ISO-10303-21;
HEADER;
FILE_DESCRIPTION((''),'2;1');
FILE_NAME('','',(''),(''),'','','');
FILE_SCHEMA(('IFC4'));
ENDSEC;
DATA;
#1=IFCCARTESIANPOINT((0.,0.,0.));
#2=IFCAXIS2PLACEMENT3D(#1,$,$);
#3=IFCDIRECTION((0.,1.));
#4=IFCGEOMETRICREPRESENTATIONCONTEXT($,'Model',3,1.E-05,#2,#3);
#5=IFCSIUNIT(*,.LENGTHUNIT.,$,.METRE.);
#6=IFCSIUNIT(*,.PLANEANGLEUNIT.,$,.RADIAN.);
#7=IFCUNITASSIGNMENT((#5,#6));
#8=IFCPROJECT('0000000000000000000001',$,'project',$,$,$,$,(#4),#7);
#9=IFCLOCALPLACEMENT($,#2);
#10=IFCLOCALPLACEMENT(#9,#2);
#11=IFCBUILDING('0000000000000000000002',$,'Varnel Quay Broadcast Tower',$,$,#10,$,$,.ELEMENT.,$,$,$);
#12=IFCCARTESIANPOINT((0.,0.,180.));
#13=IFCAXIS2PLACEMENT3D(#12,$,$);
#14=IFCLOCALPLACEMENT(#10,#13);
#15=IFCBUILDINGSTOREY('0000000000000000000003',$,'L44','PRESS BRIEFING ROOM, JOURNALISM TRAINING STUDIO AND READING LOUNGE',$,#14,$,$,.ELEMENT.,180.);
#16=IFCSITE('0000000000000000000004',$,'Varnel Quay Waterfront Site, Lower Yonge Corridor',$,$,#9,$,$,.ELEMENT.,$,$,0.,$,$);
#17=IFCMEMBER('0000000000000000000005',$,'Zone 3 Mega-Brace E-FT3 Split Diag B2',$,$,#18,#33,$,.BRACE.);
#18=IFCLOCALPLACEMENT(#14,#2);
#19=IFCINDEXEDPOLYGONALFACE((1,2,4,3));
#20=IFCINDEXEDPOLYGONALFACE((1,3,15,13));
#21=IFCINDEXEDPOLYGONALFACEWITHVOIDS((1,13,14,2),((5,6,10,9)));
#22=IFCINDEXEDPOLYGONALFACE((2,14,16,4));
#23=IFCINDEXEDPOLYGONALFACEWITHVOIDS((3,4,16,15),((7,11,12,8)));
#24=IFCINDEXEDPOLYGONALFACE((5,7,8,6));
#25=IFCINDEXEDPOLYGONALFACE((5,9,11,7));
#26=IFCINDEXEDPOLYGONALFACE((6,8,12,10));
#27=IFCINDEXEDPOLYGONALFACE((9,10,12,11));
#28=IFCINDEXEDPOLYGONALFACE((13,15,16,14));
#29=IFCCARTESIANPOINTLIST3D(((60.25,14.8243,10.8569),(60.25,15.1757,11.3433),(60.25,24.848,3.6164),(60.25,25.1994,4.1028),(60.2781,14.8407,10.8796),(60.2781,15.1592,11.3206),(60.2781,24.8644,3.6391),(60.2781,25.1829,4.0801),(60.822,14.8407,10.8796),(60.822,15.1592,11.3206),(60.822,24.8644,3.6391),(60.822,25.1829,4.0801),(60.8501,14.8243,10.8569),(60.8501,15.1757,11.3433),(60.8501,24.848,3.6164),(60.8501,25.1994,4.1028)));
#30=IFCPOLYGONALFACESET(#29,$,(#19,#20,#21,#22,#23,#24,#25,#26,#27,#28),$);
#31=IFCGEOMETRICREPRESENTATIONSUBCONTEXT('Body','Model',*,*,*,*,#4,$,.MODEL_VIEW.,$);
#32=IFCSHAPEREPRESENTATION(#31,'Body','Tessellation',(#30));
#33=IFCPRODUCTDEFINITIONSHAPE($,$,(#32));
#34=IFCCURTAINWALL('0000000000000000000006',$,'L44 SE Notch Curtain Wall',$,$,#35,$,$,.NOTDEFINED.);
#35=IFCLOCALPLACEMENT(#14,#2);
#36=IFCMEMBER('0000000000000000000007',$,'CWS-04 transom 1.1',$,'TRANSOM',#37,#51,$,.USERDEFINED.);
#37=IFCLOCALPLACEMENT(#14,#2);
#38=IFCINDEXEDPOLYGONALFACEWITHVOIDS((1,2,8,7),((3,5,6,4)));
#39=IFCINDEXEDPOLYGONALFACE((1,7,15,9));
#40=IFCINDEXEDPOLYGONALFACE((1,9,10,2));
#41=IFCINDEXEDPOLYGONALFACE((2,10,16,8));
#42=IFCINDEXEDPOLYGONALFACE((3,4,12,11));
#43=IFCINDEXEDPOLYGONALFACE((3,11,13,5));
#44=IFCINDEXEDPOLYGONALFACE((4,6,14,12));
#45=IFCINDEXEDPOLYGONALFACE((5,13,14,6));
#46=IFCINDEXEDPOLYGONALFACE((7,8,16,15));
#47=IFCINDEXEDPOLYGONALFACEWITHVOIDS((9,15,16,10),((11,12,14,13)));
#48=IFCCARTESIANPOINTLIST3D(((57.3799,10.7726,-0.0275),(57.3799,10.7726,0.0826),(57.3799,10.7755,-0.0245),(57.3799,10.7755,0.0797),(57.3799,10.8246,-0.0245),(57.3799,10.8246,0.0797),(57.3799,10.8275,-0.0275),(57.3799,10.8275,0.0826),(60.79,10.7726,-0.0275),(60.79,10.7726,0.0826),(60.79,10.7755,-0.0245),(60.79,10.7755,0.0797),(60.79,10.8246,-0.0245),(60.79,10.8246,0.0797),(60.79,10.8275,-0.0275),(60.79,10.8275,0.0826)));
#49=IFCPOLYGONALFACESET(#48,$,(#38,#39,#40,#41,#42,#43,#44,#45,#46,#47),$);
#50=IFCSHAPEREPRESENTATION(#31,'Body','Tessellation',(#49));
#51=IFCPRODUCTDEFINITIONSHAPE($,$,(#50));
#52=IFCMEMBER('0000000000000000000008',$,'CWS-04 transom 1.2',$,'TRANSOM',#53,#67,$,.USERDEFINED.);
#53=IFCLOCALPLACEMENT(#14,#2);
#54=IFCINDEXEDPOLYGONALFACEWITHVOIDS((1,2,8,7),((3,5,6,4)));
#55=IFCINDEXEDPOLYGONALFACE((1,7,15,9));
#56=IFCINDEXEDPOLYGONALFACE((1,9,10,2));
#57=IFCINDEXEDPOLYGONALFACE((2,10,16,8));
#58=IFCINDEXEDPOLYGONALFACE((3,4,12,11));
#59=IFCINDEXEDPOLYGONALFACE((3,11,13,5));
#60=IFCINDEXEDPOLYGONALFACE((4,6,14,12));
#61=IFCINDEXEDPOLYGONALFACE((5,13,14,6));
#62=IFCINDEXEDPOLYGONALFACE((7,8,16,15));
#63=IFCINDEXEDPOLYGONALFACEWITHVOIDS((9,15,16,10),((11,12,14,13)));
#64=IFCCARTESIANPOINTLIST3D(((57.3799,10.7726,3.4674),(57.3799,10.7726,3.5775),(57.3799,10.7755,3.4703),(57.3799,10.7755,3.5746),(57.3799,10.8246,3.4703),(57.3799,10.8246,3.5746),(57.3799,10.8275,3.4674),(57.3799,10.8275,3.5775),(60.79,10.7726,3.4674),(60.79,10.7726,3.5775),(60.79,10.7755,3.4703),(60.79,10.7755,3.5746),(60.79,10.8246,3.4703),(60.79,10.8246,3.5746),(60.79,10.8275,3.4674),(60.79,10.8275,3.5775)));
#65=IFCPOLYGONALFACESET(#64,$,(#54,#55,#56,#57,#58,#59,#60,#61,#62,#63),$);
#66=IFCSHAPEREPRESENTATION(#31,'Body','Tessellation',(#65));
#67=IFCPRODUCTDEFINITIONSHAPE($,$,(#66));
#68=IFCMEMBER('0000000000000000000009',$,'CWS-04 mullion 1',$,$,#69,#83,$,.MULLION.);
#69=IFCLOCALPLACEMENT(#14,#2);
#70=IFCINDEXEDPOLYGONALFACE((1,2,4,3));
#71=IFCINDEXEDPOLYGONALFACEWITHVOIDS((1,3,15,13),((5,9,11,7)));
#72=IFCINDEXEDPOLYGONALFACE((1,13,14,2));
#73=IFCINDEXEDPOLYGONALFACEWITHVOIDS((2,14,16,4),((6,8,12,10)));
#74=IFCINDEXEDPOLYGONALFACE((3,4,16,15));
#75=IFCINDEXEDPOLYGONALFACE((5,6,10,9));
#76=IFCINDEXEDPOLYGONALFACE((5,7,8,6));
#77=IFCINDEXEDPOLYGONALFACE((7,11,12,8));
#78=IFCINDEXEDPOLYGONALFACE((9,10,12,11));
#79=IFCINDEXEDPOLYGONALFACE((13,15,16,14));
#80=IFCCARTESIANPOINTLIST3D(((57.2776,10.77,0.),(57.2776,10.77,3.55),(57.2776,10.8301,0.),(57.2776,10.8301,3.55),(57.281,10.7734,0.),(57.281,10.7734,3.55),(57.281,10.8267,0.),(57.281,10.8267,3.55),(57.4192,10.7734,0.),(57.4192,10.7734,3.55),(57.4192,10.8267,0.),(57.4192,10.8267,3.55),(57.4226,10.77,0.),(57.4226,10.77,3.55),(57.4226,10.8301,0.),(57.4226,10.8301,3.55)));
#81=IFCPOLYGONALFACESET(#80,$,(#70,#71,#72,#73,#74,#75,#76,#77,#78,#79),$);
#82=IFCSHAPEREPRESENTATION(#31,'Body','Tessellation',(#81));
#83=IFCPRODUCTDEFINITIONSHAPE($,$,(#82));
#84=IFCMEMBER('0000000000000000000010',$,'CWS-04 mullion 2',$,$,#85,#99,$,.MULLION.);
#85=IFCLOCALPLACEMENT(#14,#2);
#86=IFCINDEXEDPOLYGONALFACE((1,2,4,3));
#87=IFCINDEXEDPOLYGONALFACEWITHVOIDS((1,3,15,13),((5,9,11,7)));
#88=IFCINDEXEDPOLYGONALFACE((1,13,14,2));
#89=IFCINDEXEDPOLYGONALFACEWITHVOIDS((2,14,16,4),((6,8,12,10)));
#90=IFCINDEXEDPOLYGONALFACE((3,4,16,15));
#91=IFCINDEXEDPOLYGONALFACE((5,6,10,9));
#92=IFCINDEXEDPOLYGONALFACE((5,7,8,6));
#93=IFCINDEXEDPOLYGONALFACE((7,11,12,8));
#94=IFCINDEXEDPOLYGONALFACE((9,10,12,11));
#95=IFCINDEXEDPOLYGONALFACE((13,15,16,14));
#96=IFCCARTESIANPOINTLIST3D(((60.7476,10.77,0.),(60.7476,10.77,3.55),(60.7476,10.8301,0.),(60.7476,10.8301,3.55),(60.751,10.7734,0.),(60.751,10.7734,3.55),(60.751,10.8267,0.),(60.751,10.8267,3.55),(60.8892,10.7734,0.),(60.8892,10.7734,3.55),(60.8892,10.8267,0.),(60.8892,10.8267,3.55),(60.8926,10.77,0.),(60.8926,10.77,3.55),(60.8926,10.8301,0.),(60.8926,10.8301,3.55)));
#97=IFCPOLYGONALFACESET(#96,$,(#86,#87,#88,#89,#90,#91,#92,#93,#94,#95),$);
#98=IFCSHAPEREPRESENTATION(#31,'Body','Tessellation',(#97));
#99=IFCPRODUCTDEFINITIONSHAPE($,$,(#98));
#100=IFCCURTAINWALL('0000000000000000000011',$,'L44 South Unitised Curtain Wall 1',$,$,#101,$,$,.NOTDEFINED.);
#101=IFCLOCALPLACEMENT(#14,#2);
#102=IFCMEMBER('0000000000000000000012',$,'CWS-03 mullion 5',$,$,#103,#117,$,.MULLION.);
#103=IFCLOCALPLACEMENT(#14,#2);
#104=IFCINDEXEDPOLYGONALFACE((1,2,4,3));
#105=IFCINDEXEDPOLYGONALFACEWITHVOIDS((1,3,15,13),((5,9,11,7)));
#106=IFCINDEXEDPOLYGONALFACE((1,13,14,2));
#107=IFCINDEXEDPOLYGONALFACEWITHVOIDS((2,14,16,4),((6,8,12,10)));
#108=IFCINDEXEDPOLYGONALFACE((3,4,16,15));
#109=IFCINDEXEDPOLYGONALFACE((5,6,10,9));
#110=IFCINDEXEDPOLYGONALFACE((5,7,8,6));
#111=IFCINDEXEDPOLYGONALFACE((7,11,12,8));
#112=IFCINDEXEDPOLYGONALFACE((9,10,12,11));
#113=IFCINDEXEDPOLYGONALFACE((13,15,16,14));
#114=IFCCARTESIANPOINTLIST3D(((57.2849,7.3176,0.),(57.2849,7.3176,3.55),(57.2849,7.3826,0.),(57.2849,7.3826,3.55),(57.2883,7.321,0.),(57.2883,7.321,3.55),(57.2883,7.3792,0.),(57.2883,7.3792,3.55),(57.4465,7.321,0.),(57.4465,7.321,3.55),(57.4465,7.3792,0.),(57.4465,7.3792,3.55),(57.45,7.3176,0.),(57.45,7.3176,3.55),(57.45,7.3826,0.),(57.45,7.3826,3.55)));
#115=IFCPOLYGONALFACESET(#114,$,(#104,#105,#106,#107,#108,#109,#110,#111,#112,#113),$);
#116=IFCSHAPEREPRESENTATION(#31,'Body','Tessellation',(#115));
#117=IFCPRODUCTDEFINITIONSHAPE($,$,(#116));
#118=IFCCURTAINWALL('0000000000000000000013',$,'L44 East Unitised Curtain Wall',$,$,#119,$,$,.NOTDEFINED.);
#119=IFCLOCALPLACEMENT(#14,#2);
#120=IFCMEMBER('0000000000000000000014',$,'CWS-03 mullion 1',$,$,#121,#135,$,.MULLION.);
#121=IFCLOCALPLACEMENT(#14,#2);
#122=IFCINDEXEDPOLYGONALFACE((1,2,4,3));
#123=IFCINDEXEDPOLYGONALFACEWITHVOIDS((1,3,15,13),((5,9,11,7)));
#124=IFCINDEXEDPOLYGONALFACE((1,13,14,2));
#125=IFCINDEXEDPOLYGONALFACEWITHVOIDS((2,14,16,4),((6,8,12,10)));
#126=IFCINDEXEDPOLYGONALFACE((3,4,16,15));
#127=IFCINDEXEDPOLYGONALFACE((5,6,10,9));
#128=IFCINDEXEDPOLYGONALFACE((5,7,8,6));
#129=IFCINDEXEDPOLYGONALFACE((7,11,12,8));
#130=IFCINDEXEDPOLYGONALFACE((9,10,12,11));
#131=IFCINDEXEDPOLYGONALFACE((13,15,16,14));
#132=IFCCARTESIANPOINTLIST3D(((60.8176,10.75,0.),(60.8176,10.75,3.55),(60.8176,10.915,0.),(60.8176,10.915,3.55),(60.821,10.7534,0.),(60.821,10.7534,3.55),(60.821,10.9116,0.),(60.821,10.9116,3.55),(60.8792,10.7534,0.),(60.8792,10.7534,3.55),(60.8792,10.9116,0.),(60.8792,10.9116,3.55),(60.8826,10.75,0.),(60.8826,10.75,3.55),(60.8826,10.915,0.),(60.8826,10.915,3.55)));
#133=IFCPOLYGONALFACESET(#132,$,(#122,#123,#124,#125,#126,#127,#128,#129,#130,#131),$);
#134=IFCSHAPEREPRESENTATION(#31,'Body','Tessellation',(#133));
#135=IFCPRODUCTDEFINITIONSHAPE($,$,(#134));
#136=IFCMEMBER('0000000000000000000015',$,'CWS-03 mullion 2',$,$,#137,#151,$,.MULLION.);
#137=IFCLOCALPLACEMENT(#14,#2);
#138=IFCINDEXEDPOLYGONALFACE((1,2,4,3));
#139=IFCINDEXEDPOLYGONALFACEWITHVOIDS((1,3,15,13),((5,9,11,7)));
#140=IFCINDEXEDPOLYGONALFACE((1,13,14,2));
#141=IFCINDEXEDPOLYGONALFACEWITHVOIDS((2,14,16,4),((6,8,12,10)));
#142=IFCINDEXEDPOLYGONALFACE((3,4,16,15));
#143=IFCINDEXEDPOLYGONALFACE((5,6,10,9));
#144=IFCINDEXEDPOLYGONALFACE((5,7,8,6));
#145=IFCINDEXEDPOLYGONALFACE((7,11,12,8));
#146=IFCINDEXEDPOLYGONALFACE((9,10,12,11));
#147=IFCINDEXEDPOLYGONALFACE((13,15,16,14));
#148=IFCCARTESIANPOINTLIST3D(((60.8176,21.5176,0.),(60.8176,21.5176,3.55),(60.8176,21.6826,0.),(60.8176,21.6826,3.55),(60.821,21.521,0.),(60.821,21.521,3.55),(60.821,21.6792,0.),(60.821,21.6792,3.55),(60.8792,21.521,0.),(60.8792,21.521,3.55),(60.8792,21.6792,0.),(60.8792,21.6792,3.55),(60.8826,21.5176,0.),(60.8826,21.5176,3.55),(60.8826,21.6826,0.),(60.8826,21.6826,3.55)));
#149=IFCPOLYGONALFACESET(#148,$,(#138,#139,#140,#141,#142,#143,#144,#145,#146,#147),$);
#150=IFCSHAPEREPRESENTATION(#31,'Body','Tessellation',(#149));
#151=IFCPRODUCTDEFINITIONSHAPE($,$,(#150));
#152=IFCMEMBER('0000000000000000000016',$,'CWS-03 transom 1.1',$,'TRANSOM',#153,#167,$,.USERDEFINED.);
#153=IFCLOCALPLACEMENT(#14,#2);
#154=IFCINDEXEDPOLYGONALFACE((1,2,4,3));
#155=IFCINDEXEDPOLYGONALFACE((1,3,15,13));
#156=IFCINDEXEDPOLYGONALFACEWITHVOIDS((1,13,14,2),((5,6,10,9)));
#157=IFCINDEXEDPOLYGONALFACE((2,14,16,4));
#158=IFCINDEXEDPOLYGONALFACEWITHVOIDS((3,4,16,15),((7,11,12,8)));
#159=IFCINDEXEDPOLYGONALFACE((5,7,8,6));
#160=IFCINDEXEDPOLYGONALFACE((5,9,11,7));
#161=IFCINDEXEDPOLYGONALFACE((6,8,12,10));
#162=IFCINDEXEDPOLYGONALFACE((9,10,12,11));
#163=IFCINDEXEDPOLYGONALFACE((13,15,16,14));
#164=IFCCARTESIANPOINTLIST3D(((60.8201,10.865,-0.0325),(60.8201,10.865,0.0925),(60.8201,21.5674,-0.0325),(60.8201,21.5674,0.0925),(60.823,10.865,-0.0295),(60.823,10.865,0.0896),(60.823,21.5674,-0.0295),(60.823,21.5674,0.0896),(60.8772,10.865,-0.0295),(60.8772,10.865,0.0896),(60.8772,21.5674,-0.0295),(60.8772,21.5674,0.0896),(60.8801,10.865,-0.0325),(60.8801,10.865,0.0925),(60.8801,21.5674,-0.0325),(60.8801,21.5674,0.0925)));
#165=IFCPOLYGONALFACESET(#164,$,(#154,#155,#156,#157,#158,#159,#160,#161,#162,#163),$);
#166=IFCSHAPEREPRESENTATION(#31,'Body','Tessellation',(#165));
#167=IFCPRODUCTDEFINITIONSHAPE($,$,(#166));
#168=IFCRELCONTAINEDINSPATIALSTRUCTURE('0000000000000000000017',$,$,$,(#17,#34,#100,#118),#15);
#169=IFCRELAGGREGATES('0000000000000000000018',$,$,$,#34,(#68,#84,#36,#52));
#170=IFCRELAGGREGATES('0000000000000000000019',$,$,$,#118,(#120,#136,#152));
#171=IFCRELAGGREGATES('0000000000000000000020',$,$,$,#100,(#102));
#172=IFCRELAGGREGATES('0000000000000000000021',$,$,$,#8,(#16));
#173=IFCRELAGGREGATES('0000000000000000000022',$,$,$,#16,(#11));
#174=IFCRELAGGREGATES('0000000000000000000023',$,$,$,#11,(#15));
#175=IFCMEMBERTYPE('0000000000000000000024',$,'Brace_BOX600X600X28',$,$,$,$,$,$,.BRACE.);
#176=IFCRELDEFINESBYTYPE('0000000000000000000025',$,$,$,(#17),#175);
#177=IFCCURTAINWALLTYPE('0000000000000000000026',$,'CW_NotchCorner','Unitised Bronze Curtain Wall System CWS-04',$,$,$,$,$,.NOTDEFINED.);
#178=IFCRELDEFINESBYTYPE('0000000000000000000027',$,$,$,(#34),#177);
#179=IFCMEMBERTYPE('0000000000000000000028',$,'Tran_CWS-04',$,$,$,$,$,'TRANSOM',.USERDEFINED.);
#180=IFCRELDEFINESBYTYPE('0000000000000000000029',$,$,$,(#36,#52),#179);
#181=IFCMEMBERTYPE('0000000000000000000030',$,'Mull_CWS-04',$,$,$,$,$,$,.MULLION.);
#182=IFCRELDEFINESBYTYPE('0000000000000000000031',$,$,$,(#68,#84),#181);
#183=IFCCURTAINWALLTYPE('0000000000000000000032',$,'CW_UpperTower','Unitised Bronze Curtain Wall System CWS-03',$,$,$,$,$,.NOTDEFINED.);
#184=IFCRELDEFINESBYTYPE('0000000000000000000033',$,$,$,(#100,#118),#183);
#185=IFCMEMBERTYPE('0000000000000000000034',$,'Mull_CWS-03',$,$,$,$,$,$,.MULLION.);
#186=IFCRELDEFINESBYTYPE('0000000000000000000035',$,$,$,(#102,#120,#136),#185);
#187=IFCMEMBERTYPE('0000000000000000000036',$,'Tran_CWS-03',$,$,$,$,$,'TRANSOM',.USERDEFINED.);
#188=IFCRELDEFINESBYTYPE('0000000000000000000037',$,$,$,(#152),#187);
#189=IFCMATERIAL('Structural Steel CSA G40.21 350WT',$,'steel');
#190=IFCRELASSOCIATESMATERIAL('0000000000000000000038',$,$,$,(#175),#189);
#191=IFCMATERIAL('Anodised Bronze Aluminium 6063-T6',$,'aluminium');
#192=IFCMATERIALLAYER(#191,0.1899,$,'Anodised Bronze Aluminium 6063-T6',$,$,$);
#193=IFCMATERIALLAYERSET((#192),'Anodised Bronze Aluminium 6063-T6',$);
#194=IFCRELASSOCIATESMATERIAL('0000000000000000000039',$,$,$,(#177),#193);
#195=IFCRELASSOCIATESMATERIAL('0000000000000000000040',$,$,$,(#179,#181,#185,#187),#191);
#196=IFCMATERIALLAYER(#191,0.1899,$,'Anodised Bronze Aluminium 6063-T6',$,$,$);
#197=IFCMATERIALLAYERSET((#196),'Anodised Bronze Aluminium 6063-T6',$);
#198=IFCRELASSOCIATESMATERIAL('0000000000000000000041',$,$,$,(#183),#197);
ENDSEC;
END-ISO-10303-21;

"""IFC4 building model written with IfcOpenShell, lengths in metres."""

from ifc_helpers import new_model, si_unit, direction, frame, origin, origin_2d, place, context, subcontext, project, spatial, hollow_rectangle, extrude, source, transform, mapped, material, layer, layer_set, material_profile, profile_set, type_object, type_shapes, element, aggregate, save


model = new_model("IFC4")

# Units and contexts
model_context = context("Model", 3, precision=1e-05, world=origin(), true_north=direction((0.0, 1.0)))
body_context = subcontext(model_context, "Body", "Model", "MODEL_VIEW")
ifc_project = project(units=[si_unit("LENGTHUNIT", "METRE"), si_unit("PLANEANGLEUNIT", "RADIAN")], contexts=[model_context])

# Site, building, storey
site_placement = place(None, origin())
site = spatial("IfcSite", under=ifc_project, at=site_placement, Name="Varnel Quay Waterfront Site, Lower Yonge Corridor", CompositionType="ELEMENT", RefElevation=0.0)
building_placement = place(site_placement, origin())
building = spatial("IfcBuilding", under=site, at=building_placement, Name="Varnel Quay Broadcast Tower", CompositionType="ELEMENT")
storey_placement = place(building_placement, frame((0.0, 0.0, 180.0)))
storey = spatial("IfcBuildingStorey", under=building, at=storey_placement, Name="L44", Description="PRESS BRIEFING ROOM, JOURNALISM TRAINING STUDIO AND READING LOUNGE", CompositionType="ELEMENT", Elevation=180.0)

# Shared definitions
ifc_material_1 = material(Name="Structural Steel CSA G40.21 350WT", Category="steel")

# Member
ifc_material_profile_1 = material_profile(ifc_material_1, hollow_rectangle(XDim=0.6001, YDim=0.6001, WallThickness=0.0281, at=origin_2d()), Name="BOX600X600X28")
ifc_profile_set_1 = profile_set([ifc_material_profile_1], Name="Structural Steel CSA G40.21 350WT")
member_type_1 = type_object("IfcMemberType", Name="Brace_BOX600X600X28", PredefinedType="BRACE", material=ifc_profile_set_1)
shared_shape_1 = source(origin(), body_context, "Body", "SweptSolid", [
    extrude(hollow_rectangle(XDim=0.6001, YDim=0.6001, WallThickness=0.0281, at=origin_2d()), origin(), (0.0, 0.0, 1.0), 12.3652),
])
type_shapes(member_type_1, [shared_shape_1])
member_1_placement = place(storey_placement, frame((60.55, 25.0237, 3.8596), z_axis=(0.0, -0.810635, 0.585552), x_axis=(1.0, 0.0, 0.0)))
element("IfcMember", 1, at=member_1_placement, inside=storey, type_object=member_type_1, Name="Zone 3 Mega-Brace E-FT3 Split Diag B2", PredefinedType="BRACE", context=body_context, shape_type="MappedRepresentation", body=[
    mapped(shared_shape_1, transform((0.0, 0.0, 0.0), x_axis=(1.0, 0.0, 0.0), y_axis=(0.0, 1.0, 0.0), z_axis=(0.0, 0.0, 1.0), scale=1.0)),
])

# Curtain wall, members
ifc_material_2 = material(Name="Anodised Bronze Aluminium 6063-T6", Category="aluminium")
ifc_layer_1 = layer(ifc_material_2, 0.1899, Name="Anodised Bronze Aluminium 6063-T6")
ifc_layer_set_1 = layer_set([ifc_layer_1], Name="Anodised Bronze Aluminium 6063-T6")
curtain_wall_type_1 = type_object("IfcCurtainWallType", Name="CW_NotchCorner", Description="Unitised Bronze Curtain Wall System CWS-04", PredefinedType="NOTDEFINED", material=ifc_layer_set_1)
curtain_wall_1_placement = place(storey_placement, origin())
curtain_wall_1 = element("IfcCurtainWall", 2, at=curtain_wall_1_placement, inside=storey, type_object=curtain_wall_type_1, Name="L44 SE Notch Curtain Wall", PredefinedType="NOTDEFINED")
ifc_material_profile_2 = material_profile(ifc_material_2, hollow_rectangle(XDim=0.0549, YDim=0.1101, WallThickness=0.0029, at=origin_2d()), Name="ALU55X110X3")
ifc_profile_set_2 = profile_set([ifc_material_profile_2], Name="Anodised Bronze Aluminium 6063-T6")
member_type_2 = type_object("IfcMemberType", Name="Tran_CWS-04", ElementType="TRANSOM", PredefinedType="USERDEFINED", material=ifc_profile_set_2)
shared_shape_2 = source(origin(), body_context, "Body", "SweptSolid", [
    extrude(hollow_rectangle(XDim=0.0549, YDim=0.1101, WallThickness=0.0029, at=origin_2d()), origin(), (0.0, 0.0, 1.0), 3.4102),
])
type_shapes(member_type_2, [shared_shape_2])
member_2_placement = place(storey_placement, frame((57.3799, 10.8, 0.0276), z_axis=(1.0, 0.0, 0.0), x_axis=(0.0, 1.0, 0.0)))
member_2 = element("IfcMember", 3, at=member_2_placement, type_object=member_type_2, Name="CWS-04 transom 1.1", ObjectType="TRANSOM", PredefinedType="USERDEFINED", context=body_context, shape_type="MappedRepresentation", body=[
    mapped(shared_shape_2, transform((0.0, 0.0, 0.0), x_axis=(1.0, 0.0, 0.0), y_axis=(0.0, 1.0, 0.0), z_axis=(0.0, 0.0, 1.0), scale=1.0)),
])
member_3_placement = place(storey_placement, frame((57.3799, 10.8, 3.5225), z_axis=(1.0, 0.0, 0.0), x_axis=(0.0, 1.0, 0.0)))
member_3 = element("IfcMember", 4, at=member_3_placement, type_object=member_type_2, Name="CWS-04 transom 1.2", ObjectType="TRANSOM", PredefinedType="USERDEFINED", context=body_context, shape_type="MappedRepresentation", body=[
    mapped(shared_shape_2, transform((0.0, 0.0, 0.0), x_axis=(1.0, 0.0, 0.0), y_axis=(0.0, 1.0, 0.0), z_axis=(0.0, 0.0, 1.0), scale=1.0)),
])
ifc_material_profile_3 = material_profile(ifc_material_2, hollow_rectangle(XDim=0.0601, YDim=0.145, WallThickness=0.0034, at=origin_2d()), Name="ALU60X145X3.5")
ifc_profile_set_3 = profile_set([ifc_material_profile_3], Name="Anodised Bronze Aluminium 6063-T6")
member_type_3 = type_object("IfcMemberType", Name="Mull_CWS-04", PredefinedType="MULLION", material=ifc_profile_set_3)
shared_shape_3 = source(origin(), body_context, "Body", "SweptSolid", [
    extrude(hollow_rectangle(XDim=0.0601, YDim=0.145, WallThickness=0.0034, at=origin_2d()), origin(), (0.0, 0.0, 1.0), 3.55),
])
type_shapes(member_type_3, [shared_shape_3])
member_4_placement = place(storey_placement, frame((57.3501, 10.8, 0.0), z_axis=(0.0, 0.0, 1.0), x_axis=(0.0, 1.0, 0.0)))
member_4 = element("IfcMember", 5, at=member_4_placement, type_object=member_type_3, Name="CWS-04 mullion 1", PredefinedType="MULLION", context=body_context, shape_type="MappedRepresentation", body=[
    mapped(shared_shape_3, transform((0.0, 0.0, 0.0), x_axis=(1.0, 0.0, 0.0), y_axis=(0.0, 1.0, 0.0), z_axis=(0.0, 0.0, 1.0), scale=1.0)),
])
member_5_placement = place(storey_placement, frame((60.8201, 10.8, 0.0), z_axis=(0.0, 0.0, 1.0), x_axis=(0.0, 1.0, 0.0)))
member_5 = element("IfcMember", 6, at=member_5_placement, type_object=member_type_3, Name="CWS-04 mullion 2", PredefinedType="MULLION", context=body_context, shape_type="MappedRepresentation", body=[
    mapped(shared_shape_3, transform((0.0, 0.0, 0.0), x_axis=(1.0, 0.0, 0.0), y_axis=(0.0, 1.0, 0.0), z_axis=(0.0, 0.0, 1.0), scale=1.0)),
])

# Curtain wall, member
ifc_layer_2 = layer(ifc_material_2, 0.1899, Name="Anodised Bronze Aluminium 6063-T6")
ifc_layer_set_2 = layer_set([ifc_layer_2], Name="Anodised Bronze Aluminium 6063-T6")
curtain_wall_type_2 = type_object("IfcCurtainWallType", Name="CW_UpperTower", Description="Unitised Bronze Curtain Wall System CWS-03", PredefinedType="NOTDEFINED", material=ifc_layer_set_2)
curtain_wall_2_placement = place(storey_placement, origin())
curtain_wall_2 = element("IfcCurtainWall", 7, at=curtain_wall_2_placement, inside=storey, type_object=curtain_wall_type_2, Name="L44 South Unitised Curtain Wall 1", PredefinedType="NOTDEFINED")
ifc_material_profile_4 = material_profile(ifc_material_2, hollow_rectangle(XDim=0.0649, YDim=0.165, WallThickness=0.0034, at=origin_2d()), Name="ALU65X165X3.5")
ifc_profile_set_4 = profile_set([ifc_material_profile_4], Name="Anodised Bronze Aluminium 6063-T6")
member_type_4 = type_object("IfcMemberType", Name="Mull_CWS-03", PredefinedType="MULLION", material=ifc_profile_set_4)
shared_shape_4 = source(origin(), body_context, "Body", "SweptSolid", [
    extrude(hollow_rectangle(XDim=0.0649, YDim=0.165, WallThickness=0.0034, at=origin_2d()), origin(), (0.0, 0.0, 1.0), 3.55),
])
type_shapes(member_type_4, [shared_shape_4])
member_6_placement = place(storey_placement, frame((57.3674, 7.3501, 0.0), z_axis=(0.0, 0.0, 1.0), x_axis=(0.0, 1.0, 0.0)))
member_6 = element("IfcMember", 8, at=member_6_placement, type_object=member_type_4, Name="CWS-03 mullion 5", PredefinedType="MULLION", context=body_context, shape_type="MappedRepresentation", body=[
    mapped(shared_shape_4, transform((0.0, 0.0, 0.0), x_axis=(1.0, 0.0, 0.0), y_axis=(0.0, 1.0, 0.0), z_axis=(0.0, 0.0, 1.0), scale=1.0)),
])

# Curtain wall, members
curtain_wall_3_placement = place(storey_placement, origin())
curtain_wall_3 = element("IfcCurtainWall", 9, at=curtain_wall_3_placement, inside=storey, type_object=curtain_wall_type_2, Name="L44 East Unitised Curtain Wall", PredefinedType="NOTDEFINED")
member_7_placement = place(storey_placement, frame((60.8501, 10.8325, 0.0), z_axis=(0.0, 0.0, 1.0), x_axis=(-1.0, 0.0, 0.0)))
member_7 = element("IfcMember", 10, at=member_7_placement, type_object=member_type_4, Name="CWS-03 mullion 1", PredefinedType="MULLION", context=body_context, shape_type="MappedRepresentation", body=[
    mapped(shared_shape_4, transform((0.0, 0.0, 0.0), x_axis=(1.0, 0.0, 0.0), y_axis=(0.0, 1.0, 0.0), z_axis=(0.0, 0.0, 1.0), scale=1.0)),
])
member_8_placement = place(storey_placement, frame((60.8501, 21.6001, 0.0), z_axis=(0.0, 0.0, 1.0), x_axis=(-1.0, 0.0, 0.0)))
member_8 = element("IfcMember", 11, at=member_8_placement, type_object=member_type_4, Name="CWS-03 mullion 2", PredefinedType="MULLION", context=body_context, shape_type="MappedRepresentation", body=[
    mapped(shared_shape_4, transform((0.0, 0.0, 0.0), x_axis=(1.0, 0.0, 0.0), y_axis=(0.0, 1.0, 0.0), z_axis=(0.0, 0.0, 1.0), scale=1.0)),
])
ifc_material_profile_5 = material_profile(ifc_material_2, hollow_rectangle(XDim=0.0601, YDim=0.125, WallThickness=0.0029, at=origin_2d()), Name="ALU60X125X3")
ifc_profile_set_5 = profile_set([ifc_material_profile_5], Name="Anodised Bronze Aluminium 6063-T6")
member_type_5 = type_object("IfcMemberType", Name="Tran_CWS-03", ElementType="TRANSOM", PredefinedType="USERDEFINED", material=ifc_profile_set_5)
shared_shape_5 = source(origin(), body_context, "Body", "SweptSolid", [
    extrude(hollow_rectangle(XDim=0.0601, YDim=0.125, WallThickness=0.0029, at=origin_2d()), origin(), (0.0, 0.0, 1.0), 10.7024),
])
member_9_placement = place(storey_placement, frame((60.8501, 10.865, 0.03), z_axis=(0.0, 1.0, 0.0), x_axis=(-1.0, 0.0, 0.0)))
member_9 = element("IfcMember", 12, at=member_9_placement, type_object=member_type_5, Name="CWS-03 transom 1.1", ObjectType="TRANSOM", PredefinedType="USERDEFINED", context=body_context, shape_type="MappedRepresentation", body=[
    mapped(shared_shape_5, transform((0.0, 0.0, 0.0), x_axis=(1.0, 0.0, 0.0), y_axis=(0.0, 1.0, 0.0), z_axis=(0.0, 0.0, 1.0), scale=1.0)),
])

aggregate(curtain_wall_1, [member_4, member_5, member_2, member_3])
aggregate(curtain_wall_3, [member_7, member_8, member_9])
aggregate(curtain_wall_2, [member_6])

save(model, "model.ifc")
